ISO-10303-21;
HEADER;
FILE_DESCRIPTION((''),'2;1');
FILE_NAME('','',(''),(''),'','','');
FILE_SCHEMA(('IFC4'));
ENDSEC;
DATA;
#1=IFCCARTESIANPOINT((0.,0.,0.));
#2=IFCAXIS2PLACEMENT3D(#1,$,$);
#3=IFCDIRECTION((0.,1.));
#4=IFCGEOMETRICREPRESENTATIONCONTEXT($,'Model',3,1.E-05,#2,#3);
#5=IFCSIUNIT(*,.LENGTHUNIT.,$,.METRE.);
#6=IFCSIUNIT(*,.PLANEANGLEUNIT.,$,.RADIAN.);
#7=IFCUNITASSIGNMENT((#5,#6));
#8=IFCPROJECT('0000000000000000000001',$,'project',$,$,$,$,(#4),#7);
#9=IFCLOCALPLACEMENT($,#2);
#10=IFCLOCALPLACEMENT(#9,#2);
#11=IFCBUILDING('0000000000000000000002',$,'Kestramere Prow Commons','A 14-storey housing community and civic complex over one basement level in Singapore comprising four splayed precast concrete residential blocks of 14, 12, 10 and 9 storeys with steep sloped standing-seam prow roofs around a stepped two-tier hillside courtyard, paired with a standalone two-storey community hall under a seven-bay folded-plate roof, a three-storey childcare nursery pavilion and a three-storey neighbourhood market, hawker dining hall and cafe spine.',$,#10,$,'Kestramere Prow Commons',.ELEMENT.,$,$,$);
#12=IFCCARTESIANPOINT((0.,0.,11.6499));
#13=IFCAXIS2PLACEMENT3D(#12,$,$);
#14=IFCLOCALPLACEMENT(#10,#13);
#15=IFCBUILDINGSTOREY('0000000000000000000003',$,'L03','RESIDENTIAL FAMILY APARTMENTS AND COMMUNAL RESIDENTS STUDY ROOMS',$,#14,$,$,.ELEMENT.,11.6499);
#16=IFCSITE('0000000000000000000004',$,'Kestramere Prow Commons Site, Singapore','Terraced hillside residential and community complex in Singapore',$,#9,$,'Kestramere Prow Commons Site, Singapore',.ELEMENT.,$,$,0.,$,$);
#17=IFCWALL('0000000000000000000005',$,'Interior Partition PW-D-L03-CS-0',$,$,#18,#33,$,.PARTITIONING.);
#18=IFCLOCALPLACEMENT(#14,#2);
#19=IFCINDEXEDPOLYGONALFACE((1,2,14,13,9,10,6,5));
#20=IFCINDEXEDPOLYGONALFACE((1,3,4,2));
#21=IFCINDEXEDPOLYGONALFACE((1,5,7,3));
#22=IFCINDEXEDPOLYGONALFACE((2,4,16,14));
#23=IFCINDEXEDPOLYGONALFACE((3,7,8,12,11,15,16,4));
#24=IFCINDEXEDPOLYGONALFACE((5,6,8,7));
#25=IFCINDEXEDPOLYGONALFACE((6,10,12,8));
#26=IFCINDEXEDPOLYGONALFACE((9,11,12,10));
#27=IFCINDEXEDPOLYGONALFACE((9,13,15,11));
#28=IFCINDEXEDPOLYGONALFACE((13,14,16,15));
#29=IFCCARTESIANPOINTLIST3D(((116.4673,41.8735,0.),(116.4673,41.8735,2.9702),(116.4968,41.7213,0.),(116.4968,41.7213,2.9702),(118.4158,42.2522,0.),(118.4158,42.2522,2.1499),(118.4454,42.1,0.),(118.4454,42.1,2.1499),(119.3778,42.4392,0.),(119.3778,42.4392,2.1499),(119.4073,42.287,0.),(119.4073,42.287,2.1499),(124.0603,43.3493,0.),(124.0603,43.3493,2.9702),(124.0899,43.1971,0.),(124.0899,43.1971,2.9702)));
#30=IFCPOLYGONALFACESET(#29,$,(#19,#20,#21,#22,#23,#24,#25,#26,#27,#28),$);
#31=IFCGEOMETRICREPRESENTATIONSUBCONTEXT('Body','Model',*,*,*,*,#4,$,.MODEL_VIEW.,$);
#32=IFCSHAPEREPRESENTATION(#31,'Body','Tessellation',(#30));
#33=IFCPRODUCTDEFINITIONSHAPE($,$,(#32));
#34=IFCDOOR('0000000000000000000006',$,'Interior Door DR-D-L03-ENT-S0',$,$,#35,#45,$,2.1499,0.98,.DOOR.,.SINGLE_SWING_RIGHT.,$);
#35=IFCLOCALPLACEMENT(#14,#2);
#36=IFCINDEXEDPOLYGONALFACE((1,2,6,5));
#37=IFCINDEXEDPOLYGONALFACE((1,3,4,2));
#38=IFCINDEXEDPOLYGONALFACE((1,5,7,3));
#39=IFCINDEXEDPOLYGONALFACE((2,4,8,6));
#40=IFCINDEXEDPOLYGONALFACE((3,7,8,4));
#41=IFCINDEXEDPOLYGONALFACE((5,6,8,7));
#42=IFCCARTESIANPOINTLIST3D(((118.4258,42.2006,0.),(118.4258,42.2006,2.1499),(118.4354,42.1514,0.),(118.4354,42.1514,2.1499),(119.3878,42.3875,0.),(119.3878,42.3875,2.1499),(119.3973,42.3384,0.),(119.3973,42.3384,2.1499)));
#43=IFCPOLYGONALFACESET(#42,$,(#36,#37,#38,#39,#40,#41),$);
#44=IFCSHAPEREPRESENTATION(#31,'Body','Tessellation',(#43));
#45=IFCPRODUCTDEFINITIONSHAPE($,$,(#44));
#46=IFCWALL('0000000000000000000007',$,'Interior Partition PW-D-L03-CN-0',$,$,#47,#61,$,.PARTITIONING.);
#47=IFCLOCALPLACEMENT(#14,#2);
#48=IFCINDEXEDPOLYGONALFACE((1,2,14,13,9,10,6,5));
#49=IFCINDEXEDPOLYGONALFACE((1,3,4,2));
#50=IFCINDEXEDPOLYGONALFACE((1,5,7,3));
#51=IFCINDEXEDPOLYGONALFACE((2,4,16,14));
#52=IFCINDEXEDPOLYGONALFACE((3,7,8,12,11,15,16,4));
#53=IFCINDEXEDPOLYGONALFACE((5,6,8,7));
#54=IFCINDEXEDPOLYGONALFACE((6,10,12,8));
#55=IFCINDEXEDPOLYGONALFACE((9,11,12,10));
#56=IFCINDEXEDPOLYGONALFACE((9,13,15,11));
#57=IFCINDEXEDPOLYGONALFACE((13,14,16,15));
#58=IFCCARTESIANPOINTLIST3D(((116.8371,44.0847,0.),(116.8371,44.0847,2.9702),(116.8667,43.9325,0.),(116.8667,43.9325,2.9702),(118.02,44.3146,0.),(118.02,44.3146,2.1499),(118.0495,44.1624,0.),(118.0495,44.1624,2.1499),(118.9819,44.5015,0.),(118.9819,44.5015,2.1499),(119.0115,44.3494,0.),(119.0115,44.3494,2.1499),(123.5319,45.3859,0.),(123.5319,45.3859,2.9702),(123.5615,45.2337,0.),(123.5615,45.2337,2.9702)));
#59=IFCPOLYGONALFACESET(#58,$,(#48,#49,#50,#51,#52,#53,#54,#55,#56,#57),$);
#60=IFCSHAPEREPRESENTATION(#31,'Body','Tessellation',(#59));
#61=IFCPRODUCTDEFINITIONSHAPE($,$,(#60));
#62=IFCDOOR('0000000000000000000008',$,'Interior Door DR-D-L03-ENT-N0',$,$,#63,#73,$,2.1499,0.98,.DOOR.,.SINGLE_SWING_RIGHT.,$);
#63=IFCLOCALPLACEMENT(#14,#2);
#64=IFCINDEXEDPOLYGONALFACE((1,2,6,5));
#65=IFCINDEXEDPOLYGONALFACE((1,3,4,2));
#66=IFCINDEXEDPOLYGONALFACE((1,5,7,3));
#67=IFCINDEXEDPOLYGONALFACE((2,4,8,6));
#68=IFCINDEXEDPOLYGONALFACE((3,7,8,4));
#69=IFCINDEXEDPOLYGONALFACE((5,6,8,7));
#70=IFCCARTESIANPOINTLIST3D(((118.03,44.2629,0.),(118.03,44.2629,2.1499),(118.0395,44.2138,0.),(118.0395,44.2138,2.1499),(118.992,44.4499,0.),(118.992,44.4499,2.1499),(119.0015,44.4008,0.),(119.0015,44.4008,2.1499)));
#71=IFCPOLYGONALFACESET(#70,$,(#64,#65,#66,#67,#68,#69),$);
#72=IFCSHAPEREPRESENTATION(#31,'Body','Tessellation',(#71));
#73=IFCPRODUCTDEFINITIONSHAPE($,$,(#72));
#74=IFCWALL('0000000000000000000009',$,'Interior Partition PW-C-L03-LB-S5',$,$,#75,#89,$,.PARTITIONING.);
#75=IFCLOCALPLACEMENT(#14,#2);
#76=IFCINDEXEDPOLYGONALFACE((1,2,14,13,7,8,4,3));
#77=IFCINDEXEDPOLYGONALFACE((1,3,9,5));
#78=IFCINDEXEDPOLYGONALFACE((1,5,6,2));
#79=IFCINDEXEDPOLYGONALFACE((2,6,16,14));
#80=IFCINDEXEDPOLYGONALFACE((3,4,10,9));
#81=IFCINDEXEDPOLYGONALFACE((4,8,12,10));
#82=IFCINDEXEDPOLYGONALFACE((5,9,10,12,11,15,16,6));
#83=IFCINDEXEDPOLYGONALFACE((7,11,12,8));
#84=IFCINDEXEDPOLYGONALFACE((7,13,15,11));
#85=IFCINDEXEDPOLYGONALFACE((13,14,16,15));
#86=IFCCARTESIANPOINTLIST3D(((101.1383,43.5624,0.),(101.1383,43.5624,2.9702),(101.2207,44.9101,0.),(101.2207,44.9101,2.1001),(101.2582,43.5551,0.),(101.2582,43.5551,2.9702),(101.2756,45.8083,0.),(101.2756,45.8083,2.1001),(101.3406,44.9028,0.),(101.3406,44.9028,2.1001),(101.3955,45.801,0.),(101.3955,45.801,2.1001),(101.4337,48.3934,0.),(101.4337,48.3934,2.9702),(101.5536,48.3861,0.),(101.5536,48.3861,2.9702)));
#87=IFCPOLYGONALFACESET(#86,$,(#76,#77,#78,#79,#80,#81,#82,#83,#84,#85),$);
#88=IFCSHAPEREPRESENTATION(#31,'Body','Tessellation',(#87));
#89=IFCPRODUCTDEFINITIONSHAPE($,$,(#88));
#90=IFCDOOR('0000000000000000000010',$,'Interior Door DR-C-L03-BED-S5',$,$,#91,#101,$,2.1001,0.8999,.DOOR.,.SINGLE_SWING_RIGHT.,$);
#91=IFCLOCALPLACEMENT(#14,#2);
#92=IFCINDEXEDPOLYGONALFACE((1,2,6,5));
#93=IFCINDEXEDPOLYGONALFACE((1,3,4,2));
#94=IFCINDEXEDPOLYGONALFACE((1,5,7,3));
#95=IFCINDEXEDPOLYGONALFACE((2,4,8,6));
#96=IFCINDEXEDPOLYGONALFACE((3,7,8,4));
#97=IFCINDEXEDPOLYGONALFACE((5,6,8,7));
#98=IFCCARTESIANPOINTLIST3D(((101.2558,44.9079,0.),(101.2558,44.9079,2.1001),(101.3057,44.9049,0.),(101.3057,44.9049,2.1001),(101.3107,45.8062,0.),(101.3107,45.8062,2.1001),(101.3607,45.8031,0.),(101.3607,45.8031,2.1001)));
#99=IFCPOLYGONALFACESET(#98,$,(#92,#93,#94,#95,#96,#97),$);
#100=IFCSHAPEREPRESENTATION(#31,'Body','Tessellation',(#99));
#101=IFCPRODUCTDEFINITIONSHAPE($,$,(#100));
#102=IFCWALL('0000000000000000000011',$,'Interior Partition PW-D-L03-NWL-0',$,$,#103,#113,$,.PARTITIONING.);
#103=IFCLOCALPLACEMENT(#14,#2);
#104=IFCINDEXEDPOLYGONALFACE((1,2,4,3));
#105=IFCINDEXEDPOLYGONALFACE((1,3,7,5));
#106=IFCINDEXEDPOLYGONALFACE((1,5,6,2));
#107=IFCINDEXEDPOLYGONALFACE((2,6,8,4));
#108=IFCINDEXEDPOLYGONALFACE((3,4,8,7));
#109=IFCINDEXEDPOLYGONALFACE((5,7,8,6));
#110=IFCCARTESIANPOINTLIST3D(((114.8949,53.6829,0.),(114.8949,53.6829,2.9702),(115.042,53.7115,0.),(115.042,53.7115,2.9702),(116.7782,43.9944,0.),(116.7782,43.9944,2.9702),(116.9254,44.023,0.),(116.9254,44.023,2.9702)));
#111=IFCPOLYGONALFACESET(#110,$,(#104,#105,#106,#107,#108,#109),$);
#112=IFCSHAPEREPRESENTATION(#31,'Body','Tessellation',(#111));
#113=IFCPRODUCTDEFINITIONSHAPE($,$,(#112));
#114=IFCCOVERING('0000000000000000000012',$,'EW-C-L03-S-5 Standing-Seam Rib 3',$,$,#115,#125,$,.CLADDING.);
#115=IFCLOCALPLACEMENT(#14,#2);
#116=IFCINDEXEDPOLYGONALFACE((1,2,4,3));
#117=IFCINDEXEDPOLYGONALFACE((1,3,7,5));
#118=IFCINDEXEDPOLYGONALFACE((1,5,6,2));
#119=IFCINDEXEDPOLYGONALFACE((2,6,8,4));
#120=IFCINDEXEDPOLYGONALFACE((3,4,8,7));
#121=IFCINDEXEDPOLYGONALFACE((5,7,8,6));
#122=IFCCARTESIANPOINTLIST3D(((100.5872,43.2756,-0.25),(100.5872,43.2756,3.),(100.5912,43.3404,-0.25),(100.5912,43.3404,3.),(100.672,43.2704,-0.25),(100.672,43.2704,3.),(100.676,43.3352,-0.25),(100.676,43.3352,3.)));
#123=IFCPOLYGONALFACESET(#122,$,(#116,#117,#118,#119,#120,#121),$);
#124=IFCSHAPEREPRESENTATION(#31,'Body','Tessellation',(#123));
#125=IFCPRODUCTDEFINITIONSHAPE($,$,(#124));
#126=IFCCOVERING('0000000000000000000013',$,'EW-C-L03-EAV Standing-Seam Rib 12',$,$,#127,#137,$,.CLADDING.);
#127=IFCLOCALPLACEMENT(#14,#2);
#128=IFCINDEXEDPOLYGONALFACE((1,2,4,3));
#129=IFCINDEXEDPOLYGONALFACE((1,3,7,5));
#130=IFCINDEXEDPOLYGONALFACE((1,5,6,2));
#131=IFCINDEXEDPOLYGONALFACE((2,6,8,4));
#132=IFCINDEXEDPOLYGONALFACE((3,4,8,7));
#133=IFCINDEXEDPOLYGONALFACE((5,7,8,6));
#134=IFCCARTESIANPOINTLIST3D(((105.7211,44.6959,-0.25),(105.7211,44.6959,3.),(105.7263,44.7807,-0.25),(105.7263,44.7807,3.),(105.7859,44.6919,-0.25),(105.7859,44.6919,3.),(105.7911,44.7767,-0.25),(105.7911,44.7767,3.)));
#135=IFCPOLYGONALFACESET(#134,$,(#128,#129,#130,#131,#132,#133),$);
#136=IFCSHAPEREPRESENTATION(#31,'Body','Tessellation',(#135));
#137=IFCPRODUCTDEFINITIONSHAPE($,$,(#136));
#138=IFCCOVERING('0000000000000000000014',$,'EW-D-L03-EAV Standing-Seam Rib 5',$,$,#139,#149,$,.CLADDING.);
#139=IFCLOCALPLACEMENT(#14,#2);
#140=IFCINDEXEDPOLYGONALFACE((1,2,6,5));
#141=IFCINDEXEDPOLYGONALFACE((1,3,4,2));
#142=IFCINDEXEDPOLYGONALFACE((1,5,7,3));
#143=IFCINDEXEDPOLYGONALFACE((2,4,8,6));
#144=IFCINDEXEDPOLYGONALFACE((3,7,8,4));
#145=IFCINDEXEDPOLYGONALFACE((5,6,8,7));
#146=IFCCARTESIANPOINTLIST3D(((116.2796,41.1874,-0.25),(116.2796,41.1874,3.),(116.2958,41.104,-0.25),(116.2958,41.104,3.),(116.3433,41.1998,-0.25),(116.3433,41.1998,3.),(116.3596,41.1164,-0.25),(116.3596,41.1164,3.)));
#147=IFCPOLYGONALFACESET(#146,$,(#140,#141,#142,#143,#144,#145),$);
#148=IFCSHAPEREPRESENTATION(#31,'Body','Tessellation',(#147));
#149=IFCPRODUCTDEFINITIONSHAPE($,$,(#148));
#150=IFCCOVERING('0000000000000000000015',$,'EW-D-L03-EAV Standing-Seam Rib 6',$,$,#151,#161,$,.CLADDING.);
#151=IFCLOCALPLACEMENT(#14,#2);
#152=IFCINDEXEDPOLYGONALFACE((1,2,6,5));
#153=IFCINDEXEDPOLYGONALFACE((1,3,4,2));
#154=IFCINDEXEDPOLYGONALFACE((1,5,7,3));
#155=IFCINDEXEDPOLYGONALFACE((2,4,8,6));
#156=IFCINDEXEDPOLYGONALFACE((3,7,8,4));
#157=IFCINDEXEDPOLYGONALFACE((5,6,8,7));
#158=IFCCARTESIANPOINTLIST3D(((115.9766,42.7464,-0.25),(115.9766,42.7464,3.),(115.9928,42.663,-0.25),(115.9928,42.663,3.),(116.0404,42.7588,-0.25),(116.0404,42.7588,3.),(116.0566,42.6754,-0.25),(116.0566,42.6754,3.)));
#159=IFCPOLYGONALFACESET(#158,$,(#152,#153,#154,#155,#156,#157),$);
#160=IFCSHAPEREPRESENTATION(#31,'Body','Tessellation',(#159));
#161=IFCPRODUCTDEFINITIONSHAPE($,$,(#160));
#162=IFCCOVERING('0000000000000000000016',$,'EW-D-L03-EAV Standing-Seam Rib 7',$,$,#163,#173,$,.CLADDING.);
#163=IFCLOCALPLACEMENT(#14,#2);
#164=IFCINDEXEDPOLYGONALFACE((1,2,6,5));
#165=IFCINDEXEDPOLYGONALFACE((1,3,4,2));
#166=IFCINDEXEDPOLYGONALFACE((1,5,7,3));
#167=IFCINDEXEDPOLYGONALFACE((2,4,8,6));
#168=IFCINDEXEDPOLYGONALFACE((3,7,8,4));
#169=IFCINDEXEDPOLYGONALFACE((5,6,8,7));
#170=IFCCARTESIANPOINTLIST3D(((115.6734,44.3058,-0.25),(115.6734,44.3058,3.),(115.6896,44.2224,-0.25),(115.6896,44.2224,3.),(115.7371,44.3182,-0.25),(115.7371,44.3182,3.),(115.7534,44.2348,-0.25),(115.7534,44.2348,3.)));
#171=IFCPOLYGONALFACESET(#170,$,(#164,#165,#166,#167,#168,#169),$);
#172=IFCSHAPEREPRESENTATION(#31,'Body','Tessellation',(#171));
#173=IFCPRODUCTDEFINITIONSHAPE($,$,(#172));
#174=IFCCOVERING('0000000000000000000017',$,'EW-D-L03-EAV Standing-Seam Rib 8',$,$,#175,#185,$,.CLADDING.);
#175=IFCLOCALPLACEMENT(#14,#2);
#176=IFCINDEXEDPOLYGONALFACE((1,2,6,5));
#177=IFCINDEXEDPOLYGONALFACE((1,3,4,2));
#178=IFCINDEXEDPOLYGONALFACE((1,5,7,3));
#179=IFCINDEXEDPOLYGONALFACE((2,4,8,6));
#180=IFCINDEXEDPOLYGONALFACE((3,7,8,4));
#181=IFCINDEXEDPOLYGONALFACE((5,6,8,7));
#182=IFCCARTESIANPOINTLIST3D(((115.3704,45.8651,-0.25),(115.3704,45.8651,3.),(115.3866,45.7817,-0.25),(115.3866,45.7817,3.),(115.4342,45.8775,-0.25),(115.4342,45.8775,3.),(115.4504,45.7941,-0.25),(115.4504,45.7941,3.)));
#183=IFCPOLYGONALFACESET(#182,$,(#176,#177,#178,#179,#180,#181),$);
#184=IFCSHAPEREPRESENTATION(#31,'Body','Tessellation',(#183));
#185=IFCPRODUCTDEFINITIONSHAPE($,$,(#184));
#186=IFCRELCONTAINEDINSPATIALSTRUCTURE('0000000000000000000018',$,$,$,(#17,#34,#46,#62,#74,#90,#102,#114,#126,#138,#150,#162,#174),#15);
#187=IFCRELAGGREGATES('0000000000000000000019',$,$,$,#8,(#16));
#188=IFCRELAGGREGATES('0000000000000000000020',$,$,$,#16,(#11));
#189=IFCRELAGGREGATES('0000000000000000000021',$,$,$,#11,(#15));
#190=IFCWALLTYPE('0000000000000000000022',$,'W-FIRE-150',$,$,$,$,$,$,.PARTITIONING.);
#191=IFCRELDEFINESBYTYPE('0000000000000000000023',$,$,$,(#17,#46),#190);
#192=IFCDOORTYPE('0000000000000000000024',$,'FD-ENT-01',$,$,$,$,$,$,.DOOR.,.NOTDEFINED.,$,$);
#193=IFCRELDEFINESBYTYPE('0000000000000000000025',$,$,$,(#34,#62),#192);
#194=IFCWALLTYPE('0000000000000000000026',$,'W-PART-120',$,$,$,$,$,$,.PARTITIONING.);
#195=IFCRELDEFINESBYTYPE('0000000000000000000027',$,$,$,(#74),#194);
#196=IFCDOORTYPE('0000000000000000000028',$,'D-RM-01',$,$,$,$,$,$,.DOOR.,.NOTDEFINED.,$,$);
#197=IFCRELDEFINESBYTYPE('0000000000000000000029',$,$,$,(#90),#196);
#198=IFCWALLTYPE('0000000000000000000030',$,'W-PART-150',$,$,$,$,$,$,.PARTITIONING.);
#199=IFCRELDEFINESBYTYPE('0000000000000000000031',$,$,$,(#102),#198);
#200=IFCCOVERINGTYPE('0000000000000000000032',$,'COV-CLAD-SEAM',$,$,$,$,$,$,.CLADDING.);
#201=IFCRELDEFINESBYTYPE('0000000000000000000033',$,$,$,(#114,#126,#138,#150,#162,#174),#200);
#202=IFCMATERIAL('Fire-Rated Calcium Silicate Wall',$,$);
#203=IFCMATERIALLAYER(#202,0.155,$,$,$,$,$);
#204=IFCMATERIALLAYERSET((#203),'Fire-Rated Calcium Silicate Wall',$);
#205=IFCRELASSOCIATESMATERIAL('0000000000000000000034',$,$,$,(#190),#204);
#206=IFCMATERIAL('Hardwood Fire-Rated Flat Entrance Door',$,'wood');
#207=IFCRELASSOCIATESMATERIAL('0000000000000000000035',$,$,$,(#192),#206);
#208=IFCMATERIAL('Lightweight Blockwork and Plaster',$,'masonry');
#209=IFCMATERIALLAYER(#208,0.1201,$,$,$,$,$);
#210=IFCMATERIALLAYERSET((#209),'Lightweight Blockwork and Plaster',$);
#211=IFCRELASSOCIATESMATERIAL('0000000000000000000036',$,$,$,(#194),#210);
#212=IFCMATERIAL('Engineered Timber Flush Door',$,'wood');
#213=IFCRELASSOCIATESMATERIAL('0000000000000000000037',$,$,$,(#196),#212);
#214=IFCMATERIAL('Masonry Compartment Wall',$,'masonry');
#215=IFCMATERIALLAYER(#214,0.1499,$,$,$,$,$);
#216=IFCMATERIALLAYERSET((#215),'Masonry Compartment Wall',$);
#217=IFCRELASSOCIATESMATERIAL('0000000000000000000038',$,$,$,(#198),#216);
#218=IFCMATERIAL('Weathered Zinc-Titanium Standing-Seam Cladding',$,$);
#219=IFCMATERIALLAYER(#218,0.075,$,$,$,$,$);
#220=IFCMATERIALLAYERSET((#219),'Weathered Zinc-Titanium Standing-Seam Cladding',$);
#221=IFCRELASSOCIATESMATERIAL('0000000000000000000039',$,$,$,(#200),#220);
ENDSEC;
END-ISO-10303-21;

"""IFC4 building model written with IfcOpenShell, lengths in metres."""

from ifc_helpers import new_model, si_unit, direction, frame, frame_2d, origin, origin_2d, place, context, subcontext, project, spatial, rectangle, extrude, material, layer, layer_set, type_object, element, fill, save


model = new_model("IFC4")

# Units and contexts
model_context = context("Model", 3, precision=1e-05, world=origin(), true_north=direction((0.0, 1.0)))
body_context = subcontext(model_context, "Body", "Model", "MODEL_VIEW")
ifc_project = project(units=[si_unit("LENGTHUNIT", "METRE"), si_unit("PLANEANGLEUNIT", "RADIAN")], contexts=[model_context])

# Site, building, storey
site_placement = place(None, origin())
site = spatial("IfcSite", under=ifc_project, at=site_placement, Name="Kestramere Prow Commons Site, Singapore", Description="Terraced hillside residential and community complex in Singapore", LongName="Kestramere Prow Commons Site, Singapore", CompositionType="ELEMENT", RefElevation=0.0)
building_placement = place(site_placement, origin())
building = spatial("IfcBuilding", under=site, at=building_placement, Name="Kestramere Prow Commons", Description="A 14-storey housing community and civic complex over one basement level in Singapore comprising four splayed precast concrete residential blocks of 14, 12, 10 and 9 storeys with steep sloped standing-seam prow roofs around a stepped two-tier hillside courtyard, paired with a standalone two-storey community hall under a seven-bay folded-plate roof, a three-storey childcare nursery pavilion and a three-storey neighbourhood market, hawker dining hall and cafe spine.", LongName="Kestramere Prow Commons", CompositionType="ELEMENT")
storey_placement = place(building_placement, frame((0.0, 0.0, 11.6499)))
storey = spatial("IfcBuildingStorey", under=building, at=storey_placement, Name="L03", Description="RESIDENTIAL FAMILY APARTMENTS AND COMMUNAL RESIDENTS STUDY ROOMS", CompositionType="ELEMENT", Elevation=11.6499)

# Walls, openings, doors
ifc_material_1 = material(Name="Fire-Rated Calcium Silicate Wall")
ifc_layer_1 = layer(ifc_material_1, 0.155)
ifc_layer_set_1 = layer_set([ifc_layer_1], Name="Fire-Rated Calcium Silicate Wall")
wall_type_1 = type_object("IfcWallType", Name="W-FIRE-150", PredefinedType="PARTITIONING", material=ifc_layer_set_1)
wall_1_placement = place(storey_placement, frame((116.4819, 41.7974, 0.0), z_axis=(0.0, 0.0, 1.0), x_axis=(0.98163, 0.190796, 0.0)))
wall_1 = element("IfcWall", 1, at=wall_1_placement, inside=storey, type_object=wall_type_1, Name="Interior Partition PW-D-L03-CS-0", PredefinedType="PARTITIONING", context=body_context, shape_type="SweptSolid", body=[
    extrude(rectangle(XDim=7.7351, YDim=0.155, at=frame_2d((3.8677, 0.0))), origin(), (0.0, 0.0, 1.0), 2.9702),
])
opening_1_placement = place(wall_1_placement, frame((1.9851, 0.0, 0.0)))
opening_1 = element("IfcOpeningElement", 2, at=opening_1_placement, cuts=wall_1, PredefinedType="OPENING", context=body_context, shape_type="SweptSolid", body=[
    extrude(rectangle(XDim=0.98, YDim=2.1499, at=frame_2d((0.49, 1.075))), frame((0.0, 0.0925, 0.0), z_axis=(0.0, -1.0, 0.0), x_axis=(1.0, 0.0, 0.0)), (0.0, 0.0, 1.0), 0.1851),
])
ifc_material_2 = material(Name="Hardwood Fire-Rated Flat Entrance Door", Category="wood")
door_type_1 = type_object("IfcDoorType", Name="FD-ENT-01", OperationType="NOTDEFINED", PredefinedType="DOOR", material=ifc_material_2)
door_1_placement = place(opening_1_placement, origin())
door_1 = element("IfcDoor", 3, at=door_1_placement, inside=storey, type_object=door_type_1, Name="Interior Door DR-D-L03-ENT-S0", OperationType="SINGLE_SWING_RIGHT", OverallHeight=2.1499, OverallWidth=0.98, PredefinedType="DOOR", context=body_context, shape_type="SweptSolid", body=[
    extrude(rectangle(XDim=0.98, YDim=2.1499, at=frame_2d((0.49, 1.075))), frame((0.0, 0.0249, 0.0), z_axis=(0.0, -1.0, 0.0), x_axis=(1.0, 0.0, 0.0)), (0.0, 0.0, 1.0), 0.05),
])
fill(opening_1, door_1)
wall_2_placement = place(storey_placement, frame((116.8518, 44.0085, 0.0), z_axis=(0.0, 0.0, 1.0), x_axis=(0.981629, 0.190799, 0.0)))
wall_2 = element("IfcWall", 4, at=wall_2_placement, inside=storey, type_object=wall_type_1, Name="Interior Partition PW-D-L03-CN-0", PredefinedType="PARTITIONING", context=body_context, shape_type="SweptSolid", body=[
    extrude(rectangle(XDim=6.8201, YDim=0.155, at=frame_2d((3.4102, 0.0))), origin(), (0.0, 0.0, 1.0), 2.9702),
])
opening_2_placement = place(wall_2_placement, frame((1.2051, 0.0, 0.0)))
opening_2 = element("IfcOpeningElement", 5, at=opening_2_placement, cuts=wall_2, PredefinedType="OPENING", context=body_context, shape_type="SweptSolid", body=[
    extrude(rectangle(XDim=0.98, YDim=2.1499, at=frame_2d((0.49, 1.075))), frame((0.0, 0.0925, 0.0), z_axis=(0.0, -1.0, 0.0), x_axis=(1.0, 0.0, 0.0)), (0.0, 0.0, 1.0), 0.1851),
])
door_2_placement = place(opening_2_placement, origin())
door_2 = element("IfcDoor", 6, at=door_2_placement, inside=storey, type_object=door_type_1, Name="Interior Door DR-D-L03-ENT-N0", OperationType="SINGLE_SWING_RIGHT", OverallHeight=2.1499, OverallWidth=0.98, PredefinedType="DOOR", context=body_context, shape_type="SweptSolid", body=[
    extrude(rectangle(XDim=0.98, YDim=2.1499, at=frame_2d((0.49, 1.075))), frame((0.0, 0.0249, 0.0), z_axis=(0.0, -1.0, 0.0), x_axis=(1.0, 0.0, 0.0)), (0.0, 0.0, 1.0), 0.05),
])
fill(opening_2, door_2)
ifc_material_3 = material(Name="Lightweight Blockwork and Plaster", Category="masonry")
ifc_layer_2 = layer(ifc_material_3, 0.1201)
ifc_layer_set_2 = layer_set([ifc_layer_2], Name="Lightweight Blockwork and Plaster")
wall_type_2 = type_object("IfcWallType", Name="W-PART-120", PredefinedType="PARTITIONING", material=ifc_layer_set_2)
wall_3_placement = place(storey_placement, frame((101.1982, 43.5588, 0.0), z_axis=(0.0, 0.0, 1.0), x_axis=(0.061034, 0.998136, 0.0)))
wall_3 = element("IfcWall", 7, at=wall_3_placement, inside=storey, type_object=wall_type_2, Name="Interior Partition PW-C-L03-LB-S5", PredefinedType="PARTITIONING", context=body_context, shape_type="SweptSolid", body=[
    extrude(rectangle(XDim=4.8401, YDim=0.1201, at=frame_2d((2.4199, 0.0))), origin(), (0.0, 0.0, 1.0), 2.9702),
])
opening_3_placement = place(wall_3_placement, frame((1.3501, 0.0, 0.0)))
opening_3 = element("IfcOpeningElement", 8, at=opening_3_placement, cuts=wall_3, PredefinedType="OPENING", context=body_context, shape_type="SweptSolid", body=[
    extrude(rectangle(XDim=0.8999, YDim=2.1001, at=frame_2d((0.45, 1.05))), frame((0.0, 0.075, 0.0), z_axis=(0.0, -1.0, 0.0), x_axis=(1.0, 0.0, 0.0)), (0.0, 0.0, 1.0), 0.1501),
])
ifc_material_4 = material(Name="Engineered Timber Flush Door", Category="wood")
door_type_2 = type_object("IfcDoorType", Name="D-RM-01", OperationType="NOTDEFINED", PredefinedType="DOOR", material=ifc_material_4)
door_3_placement = place(opening_3_placement, origin())
door_3 = element("IfcDoor", 9, at=door_3_placement, inside=storey, type_object=door_type_2, Name="Interior Door DR-C-L03-BED-S5", OperationType="SINGLE_SWING_RIGHT", OverallHeight=2.1001, OverallWidth=0.8999, PredefinedType="DOOR", context=body_context, shape_type="SweptSolid", body=[
    extrude(rectangle(XDim=0.8999, YDim=2.1001, at=frame_2d((0.45, 1.05))), frame((0.0, 0.0249, 0.0), z_axis=(0.0, -1.0, 0.0), x_axis=(1.0, 0.0, 0.0)), (0.0, 0.0, 1.0), 0.05),
])
fill(opening_3, door_3)

# Wall
ifc_material_5 = material(Name="Masonry Compartment Wall", Category="masonry")
ifc_layer_3 = layer(ifc_material_5, 0.1499)
ifc_layer_set_3 = layer_set([ifc_layer_3], Name="Masonry Compartment Wall")
wall_type_3 = type_object("IfcWallType", Name="W-PART-150", PredefinedType="PARTITIONING", material=ifc_layer_set_3)
wall_4_placement = place(storey_placement, frame((116.8518, 44.0085, 0.0), z_axis=(0.0, 0.0, 1.0), x_axis=(-0.190814, 0.981626, 0.0)))
element("IfcWall", 10, at=wall_4_placement, inside=storey, type_object=wall_type_3, Name="Interior Partition PW-D-L03-NWL-0", PredefinedType="PARTITIONING", context=body_context, shape_type="SweptSolid", body=[
    extrude(rectangle(XDim=9.8699, YDim=0.1499, at=frame_2d((4.9351, 0.0))), origin(), (0.0, 0.0, 1.0), 2.9702),
])

# Coverings
ifc_material_6 = material(Name="Weathered Zinc-Titanium Standing-Seam Cladding")
ifc_layer_4 = layer(ifc_material_6, 0.075)
ifc_layer_set_4 = layer_set([ifc_layer_4], Name="Weathered Zinc-Titanium Standing-Seam Cladding")
covering_type = type_object("IfcCoveringType", Name="COV-CLAD-SEAM", PredefinedType="CLADDING", material=ifc_layer_set_4)
for number, where, z_axis, x_axis, name in (
    (11, (100.6316, 43.3054, -0.25), (0.0, 0.0, 1.0), (-0.998135, 0.061049, 0.0), "EW-C-L03-S-5 Standing-Seam Rib 3"),
    (12, (105.7561, 44.7363, -0.25), (0.0, 0.0, 1.0), (-0.061049, -0.998135, 0.0), "EW-C-L03-EAV Standing-Seam Rib 12"),
    (13, (116.3196, 41.1519, -0.25), (0.0, 0.0, 1.0), (-0.190809, 0.981627, 0.0), "EW-D-L03-EAV Standing-Seam Rib 5"),
    (14, (116.0166, 42.7109, -0.25), (0.0, 0.0, 1.0), (-0.190809, 0.981627, 0.0), "EW-D-L03-EAV Standing-Seam Rib 6"),
    (15, (115.7134, 44.2703, -0.25), (0.0, 0.0, 1.0), (-0.190809, 0.981627, 0.0), "EW-D-L03-EAV Standing-Seam Rib 7"),
    (16, (115.4104, 45.8296, -0.25), (0.0, 0.0, 1.0), (-0.190809, 0.981627, 0.0), "EW-D-L03-EAV Standing-Seam Rib 8"),
):
    element("IfcCovering", number, at=place(storey_placement, frame(where, z_axis=z_axis, x_axis=x_axis)), inside=storey, type_object=covering_type, Name=name, PredefinedType="CLADDING", context=body_context, shape_type="SweptSolid", body=[
        extrude(rectangle(XDim=0.085, YDim=0.0649, at=origin_2d()), origin(), (0.0, 0.0, 1.0), 3.25),
    ])

save(model, "model.ifc")
